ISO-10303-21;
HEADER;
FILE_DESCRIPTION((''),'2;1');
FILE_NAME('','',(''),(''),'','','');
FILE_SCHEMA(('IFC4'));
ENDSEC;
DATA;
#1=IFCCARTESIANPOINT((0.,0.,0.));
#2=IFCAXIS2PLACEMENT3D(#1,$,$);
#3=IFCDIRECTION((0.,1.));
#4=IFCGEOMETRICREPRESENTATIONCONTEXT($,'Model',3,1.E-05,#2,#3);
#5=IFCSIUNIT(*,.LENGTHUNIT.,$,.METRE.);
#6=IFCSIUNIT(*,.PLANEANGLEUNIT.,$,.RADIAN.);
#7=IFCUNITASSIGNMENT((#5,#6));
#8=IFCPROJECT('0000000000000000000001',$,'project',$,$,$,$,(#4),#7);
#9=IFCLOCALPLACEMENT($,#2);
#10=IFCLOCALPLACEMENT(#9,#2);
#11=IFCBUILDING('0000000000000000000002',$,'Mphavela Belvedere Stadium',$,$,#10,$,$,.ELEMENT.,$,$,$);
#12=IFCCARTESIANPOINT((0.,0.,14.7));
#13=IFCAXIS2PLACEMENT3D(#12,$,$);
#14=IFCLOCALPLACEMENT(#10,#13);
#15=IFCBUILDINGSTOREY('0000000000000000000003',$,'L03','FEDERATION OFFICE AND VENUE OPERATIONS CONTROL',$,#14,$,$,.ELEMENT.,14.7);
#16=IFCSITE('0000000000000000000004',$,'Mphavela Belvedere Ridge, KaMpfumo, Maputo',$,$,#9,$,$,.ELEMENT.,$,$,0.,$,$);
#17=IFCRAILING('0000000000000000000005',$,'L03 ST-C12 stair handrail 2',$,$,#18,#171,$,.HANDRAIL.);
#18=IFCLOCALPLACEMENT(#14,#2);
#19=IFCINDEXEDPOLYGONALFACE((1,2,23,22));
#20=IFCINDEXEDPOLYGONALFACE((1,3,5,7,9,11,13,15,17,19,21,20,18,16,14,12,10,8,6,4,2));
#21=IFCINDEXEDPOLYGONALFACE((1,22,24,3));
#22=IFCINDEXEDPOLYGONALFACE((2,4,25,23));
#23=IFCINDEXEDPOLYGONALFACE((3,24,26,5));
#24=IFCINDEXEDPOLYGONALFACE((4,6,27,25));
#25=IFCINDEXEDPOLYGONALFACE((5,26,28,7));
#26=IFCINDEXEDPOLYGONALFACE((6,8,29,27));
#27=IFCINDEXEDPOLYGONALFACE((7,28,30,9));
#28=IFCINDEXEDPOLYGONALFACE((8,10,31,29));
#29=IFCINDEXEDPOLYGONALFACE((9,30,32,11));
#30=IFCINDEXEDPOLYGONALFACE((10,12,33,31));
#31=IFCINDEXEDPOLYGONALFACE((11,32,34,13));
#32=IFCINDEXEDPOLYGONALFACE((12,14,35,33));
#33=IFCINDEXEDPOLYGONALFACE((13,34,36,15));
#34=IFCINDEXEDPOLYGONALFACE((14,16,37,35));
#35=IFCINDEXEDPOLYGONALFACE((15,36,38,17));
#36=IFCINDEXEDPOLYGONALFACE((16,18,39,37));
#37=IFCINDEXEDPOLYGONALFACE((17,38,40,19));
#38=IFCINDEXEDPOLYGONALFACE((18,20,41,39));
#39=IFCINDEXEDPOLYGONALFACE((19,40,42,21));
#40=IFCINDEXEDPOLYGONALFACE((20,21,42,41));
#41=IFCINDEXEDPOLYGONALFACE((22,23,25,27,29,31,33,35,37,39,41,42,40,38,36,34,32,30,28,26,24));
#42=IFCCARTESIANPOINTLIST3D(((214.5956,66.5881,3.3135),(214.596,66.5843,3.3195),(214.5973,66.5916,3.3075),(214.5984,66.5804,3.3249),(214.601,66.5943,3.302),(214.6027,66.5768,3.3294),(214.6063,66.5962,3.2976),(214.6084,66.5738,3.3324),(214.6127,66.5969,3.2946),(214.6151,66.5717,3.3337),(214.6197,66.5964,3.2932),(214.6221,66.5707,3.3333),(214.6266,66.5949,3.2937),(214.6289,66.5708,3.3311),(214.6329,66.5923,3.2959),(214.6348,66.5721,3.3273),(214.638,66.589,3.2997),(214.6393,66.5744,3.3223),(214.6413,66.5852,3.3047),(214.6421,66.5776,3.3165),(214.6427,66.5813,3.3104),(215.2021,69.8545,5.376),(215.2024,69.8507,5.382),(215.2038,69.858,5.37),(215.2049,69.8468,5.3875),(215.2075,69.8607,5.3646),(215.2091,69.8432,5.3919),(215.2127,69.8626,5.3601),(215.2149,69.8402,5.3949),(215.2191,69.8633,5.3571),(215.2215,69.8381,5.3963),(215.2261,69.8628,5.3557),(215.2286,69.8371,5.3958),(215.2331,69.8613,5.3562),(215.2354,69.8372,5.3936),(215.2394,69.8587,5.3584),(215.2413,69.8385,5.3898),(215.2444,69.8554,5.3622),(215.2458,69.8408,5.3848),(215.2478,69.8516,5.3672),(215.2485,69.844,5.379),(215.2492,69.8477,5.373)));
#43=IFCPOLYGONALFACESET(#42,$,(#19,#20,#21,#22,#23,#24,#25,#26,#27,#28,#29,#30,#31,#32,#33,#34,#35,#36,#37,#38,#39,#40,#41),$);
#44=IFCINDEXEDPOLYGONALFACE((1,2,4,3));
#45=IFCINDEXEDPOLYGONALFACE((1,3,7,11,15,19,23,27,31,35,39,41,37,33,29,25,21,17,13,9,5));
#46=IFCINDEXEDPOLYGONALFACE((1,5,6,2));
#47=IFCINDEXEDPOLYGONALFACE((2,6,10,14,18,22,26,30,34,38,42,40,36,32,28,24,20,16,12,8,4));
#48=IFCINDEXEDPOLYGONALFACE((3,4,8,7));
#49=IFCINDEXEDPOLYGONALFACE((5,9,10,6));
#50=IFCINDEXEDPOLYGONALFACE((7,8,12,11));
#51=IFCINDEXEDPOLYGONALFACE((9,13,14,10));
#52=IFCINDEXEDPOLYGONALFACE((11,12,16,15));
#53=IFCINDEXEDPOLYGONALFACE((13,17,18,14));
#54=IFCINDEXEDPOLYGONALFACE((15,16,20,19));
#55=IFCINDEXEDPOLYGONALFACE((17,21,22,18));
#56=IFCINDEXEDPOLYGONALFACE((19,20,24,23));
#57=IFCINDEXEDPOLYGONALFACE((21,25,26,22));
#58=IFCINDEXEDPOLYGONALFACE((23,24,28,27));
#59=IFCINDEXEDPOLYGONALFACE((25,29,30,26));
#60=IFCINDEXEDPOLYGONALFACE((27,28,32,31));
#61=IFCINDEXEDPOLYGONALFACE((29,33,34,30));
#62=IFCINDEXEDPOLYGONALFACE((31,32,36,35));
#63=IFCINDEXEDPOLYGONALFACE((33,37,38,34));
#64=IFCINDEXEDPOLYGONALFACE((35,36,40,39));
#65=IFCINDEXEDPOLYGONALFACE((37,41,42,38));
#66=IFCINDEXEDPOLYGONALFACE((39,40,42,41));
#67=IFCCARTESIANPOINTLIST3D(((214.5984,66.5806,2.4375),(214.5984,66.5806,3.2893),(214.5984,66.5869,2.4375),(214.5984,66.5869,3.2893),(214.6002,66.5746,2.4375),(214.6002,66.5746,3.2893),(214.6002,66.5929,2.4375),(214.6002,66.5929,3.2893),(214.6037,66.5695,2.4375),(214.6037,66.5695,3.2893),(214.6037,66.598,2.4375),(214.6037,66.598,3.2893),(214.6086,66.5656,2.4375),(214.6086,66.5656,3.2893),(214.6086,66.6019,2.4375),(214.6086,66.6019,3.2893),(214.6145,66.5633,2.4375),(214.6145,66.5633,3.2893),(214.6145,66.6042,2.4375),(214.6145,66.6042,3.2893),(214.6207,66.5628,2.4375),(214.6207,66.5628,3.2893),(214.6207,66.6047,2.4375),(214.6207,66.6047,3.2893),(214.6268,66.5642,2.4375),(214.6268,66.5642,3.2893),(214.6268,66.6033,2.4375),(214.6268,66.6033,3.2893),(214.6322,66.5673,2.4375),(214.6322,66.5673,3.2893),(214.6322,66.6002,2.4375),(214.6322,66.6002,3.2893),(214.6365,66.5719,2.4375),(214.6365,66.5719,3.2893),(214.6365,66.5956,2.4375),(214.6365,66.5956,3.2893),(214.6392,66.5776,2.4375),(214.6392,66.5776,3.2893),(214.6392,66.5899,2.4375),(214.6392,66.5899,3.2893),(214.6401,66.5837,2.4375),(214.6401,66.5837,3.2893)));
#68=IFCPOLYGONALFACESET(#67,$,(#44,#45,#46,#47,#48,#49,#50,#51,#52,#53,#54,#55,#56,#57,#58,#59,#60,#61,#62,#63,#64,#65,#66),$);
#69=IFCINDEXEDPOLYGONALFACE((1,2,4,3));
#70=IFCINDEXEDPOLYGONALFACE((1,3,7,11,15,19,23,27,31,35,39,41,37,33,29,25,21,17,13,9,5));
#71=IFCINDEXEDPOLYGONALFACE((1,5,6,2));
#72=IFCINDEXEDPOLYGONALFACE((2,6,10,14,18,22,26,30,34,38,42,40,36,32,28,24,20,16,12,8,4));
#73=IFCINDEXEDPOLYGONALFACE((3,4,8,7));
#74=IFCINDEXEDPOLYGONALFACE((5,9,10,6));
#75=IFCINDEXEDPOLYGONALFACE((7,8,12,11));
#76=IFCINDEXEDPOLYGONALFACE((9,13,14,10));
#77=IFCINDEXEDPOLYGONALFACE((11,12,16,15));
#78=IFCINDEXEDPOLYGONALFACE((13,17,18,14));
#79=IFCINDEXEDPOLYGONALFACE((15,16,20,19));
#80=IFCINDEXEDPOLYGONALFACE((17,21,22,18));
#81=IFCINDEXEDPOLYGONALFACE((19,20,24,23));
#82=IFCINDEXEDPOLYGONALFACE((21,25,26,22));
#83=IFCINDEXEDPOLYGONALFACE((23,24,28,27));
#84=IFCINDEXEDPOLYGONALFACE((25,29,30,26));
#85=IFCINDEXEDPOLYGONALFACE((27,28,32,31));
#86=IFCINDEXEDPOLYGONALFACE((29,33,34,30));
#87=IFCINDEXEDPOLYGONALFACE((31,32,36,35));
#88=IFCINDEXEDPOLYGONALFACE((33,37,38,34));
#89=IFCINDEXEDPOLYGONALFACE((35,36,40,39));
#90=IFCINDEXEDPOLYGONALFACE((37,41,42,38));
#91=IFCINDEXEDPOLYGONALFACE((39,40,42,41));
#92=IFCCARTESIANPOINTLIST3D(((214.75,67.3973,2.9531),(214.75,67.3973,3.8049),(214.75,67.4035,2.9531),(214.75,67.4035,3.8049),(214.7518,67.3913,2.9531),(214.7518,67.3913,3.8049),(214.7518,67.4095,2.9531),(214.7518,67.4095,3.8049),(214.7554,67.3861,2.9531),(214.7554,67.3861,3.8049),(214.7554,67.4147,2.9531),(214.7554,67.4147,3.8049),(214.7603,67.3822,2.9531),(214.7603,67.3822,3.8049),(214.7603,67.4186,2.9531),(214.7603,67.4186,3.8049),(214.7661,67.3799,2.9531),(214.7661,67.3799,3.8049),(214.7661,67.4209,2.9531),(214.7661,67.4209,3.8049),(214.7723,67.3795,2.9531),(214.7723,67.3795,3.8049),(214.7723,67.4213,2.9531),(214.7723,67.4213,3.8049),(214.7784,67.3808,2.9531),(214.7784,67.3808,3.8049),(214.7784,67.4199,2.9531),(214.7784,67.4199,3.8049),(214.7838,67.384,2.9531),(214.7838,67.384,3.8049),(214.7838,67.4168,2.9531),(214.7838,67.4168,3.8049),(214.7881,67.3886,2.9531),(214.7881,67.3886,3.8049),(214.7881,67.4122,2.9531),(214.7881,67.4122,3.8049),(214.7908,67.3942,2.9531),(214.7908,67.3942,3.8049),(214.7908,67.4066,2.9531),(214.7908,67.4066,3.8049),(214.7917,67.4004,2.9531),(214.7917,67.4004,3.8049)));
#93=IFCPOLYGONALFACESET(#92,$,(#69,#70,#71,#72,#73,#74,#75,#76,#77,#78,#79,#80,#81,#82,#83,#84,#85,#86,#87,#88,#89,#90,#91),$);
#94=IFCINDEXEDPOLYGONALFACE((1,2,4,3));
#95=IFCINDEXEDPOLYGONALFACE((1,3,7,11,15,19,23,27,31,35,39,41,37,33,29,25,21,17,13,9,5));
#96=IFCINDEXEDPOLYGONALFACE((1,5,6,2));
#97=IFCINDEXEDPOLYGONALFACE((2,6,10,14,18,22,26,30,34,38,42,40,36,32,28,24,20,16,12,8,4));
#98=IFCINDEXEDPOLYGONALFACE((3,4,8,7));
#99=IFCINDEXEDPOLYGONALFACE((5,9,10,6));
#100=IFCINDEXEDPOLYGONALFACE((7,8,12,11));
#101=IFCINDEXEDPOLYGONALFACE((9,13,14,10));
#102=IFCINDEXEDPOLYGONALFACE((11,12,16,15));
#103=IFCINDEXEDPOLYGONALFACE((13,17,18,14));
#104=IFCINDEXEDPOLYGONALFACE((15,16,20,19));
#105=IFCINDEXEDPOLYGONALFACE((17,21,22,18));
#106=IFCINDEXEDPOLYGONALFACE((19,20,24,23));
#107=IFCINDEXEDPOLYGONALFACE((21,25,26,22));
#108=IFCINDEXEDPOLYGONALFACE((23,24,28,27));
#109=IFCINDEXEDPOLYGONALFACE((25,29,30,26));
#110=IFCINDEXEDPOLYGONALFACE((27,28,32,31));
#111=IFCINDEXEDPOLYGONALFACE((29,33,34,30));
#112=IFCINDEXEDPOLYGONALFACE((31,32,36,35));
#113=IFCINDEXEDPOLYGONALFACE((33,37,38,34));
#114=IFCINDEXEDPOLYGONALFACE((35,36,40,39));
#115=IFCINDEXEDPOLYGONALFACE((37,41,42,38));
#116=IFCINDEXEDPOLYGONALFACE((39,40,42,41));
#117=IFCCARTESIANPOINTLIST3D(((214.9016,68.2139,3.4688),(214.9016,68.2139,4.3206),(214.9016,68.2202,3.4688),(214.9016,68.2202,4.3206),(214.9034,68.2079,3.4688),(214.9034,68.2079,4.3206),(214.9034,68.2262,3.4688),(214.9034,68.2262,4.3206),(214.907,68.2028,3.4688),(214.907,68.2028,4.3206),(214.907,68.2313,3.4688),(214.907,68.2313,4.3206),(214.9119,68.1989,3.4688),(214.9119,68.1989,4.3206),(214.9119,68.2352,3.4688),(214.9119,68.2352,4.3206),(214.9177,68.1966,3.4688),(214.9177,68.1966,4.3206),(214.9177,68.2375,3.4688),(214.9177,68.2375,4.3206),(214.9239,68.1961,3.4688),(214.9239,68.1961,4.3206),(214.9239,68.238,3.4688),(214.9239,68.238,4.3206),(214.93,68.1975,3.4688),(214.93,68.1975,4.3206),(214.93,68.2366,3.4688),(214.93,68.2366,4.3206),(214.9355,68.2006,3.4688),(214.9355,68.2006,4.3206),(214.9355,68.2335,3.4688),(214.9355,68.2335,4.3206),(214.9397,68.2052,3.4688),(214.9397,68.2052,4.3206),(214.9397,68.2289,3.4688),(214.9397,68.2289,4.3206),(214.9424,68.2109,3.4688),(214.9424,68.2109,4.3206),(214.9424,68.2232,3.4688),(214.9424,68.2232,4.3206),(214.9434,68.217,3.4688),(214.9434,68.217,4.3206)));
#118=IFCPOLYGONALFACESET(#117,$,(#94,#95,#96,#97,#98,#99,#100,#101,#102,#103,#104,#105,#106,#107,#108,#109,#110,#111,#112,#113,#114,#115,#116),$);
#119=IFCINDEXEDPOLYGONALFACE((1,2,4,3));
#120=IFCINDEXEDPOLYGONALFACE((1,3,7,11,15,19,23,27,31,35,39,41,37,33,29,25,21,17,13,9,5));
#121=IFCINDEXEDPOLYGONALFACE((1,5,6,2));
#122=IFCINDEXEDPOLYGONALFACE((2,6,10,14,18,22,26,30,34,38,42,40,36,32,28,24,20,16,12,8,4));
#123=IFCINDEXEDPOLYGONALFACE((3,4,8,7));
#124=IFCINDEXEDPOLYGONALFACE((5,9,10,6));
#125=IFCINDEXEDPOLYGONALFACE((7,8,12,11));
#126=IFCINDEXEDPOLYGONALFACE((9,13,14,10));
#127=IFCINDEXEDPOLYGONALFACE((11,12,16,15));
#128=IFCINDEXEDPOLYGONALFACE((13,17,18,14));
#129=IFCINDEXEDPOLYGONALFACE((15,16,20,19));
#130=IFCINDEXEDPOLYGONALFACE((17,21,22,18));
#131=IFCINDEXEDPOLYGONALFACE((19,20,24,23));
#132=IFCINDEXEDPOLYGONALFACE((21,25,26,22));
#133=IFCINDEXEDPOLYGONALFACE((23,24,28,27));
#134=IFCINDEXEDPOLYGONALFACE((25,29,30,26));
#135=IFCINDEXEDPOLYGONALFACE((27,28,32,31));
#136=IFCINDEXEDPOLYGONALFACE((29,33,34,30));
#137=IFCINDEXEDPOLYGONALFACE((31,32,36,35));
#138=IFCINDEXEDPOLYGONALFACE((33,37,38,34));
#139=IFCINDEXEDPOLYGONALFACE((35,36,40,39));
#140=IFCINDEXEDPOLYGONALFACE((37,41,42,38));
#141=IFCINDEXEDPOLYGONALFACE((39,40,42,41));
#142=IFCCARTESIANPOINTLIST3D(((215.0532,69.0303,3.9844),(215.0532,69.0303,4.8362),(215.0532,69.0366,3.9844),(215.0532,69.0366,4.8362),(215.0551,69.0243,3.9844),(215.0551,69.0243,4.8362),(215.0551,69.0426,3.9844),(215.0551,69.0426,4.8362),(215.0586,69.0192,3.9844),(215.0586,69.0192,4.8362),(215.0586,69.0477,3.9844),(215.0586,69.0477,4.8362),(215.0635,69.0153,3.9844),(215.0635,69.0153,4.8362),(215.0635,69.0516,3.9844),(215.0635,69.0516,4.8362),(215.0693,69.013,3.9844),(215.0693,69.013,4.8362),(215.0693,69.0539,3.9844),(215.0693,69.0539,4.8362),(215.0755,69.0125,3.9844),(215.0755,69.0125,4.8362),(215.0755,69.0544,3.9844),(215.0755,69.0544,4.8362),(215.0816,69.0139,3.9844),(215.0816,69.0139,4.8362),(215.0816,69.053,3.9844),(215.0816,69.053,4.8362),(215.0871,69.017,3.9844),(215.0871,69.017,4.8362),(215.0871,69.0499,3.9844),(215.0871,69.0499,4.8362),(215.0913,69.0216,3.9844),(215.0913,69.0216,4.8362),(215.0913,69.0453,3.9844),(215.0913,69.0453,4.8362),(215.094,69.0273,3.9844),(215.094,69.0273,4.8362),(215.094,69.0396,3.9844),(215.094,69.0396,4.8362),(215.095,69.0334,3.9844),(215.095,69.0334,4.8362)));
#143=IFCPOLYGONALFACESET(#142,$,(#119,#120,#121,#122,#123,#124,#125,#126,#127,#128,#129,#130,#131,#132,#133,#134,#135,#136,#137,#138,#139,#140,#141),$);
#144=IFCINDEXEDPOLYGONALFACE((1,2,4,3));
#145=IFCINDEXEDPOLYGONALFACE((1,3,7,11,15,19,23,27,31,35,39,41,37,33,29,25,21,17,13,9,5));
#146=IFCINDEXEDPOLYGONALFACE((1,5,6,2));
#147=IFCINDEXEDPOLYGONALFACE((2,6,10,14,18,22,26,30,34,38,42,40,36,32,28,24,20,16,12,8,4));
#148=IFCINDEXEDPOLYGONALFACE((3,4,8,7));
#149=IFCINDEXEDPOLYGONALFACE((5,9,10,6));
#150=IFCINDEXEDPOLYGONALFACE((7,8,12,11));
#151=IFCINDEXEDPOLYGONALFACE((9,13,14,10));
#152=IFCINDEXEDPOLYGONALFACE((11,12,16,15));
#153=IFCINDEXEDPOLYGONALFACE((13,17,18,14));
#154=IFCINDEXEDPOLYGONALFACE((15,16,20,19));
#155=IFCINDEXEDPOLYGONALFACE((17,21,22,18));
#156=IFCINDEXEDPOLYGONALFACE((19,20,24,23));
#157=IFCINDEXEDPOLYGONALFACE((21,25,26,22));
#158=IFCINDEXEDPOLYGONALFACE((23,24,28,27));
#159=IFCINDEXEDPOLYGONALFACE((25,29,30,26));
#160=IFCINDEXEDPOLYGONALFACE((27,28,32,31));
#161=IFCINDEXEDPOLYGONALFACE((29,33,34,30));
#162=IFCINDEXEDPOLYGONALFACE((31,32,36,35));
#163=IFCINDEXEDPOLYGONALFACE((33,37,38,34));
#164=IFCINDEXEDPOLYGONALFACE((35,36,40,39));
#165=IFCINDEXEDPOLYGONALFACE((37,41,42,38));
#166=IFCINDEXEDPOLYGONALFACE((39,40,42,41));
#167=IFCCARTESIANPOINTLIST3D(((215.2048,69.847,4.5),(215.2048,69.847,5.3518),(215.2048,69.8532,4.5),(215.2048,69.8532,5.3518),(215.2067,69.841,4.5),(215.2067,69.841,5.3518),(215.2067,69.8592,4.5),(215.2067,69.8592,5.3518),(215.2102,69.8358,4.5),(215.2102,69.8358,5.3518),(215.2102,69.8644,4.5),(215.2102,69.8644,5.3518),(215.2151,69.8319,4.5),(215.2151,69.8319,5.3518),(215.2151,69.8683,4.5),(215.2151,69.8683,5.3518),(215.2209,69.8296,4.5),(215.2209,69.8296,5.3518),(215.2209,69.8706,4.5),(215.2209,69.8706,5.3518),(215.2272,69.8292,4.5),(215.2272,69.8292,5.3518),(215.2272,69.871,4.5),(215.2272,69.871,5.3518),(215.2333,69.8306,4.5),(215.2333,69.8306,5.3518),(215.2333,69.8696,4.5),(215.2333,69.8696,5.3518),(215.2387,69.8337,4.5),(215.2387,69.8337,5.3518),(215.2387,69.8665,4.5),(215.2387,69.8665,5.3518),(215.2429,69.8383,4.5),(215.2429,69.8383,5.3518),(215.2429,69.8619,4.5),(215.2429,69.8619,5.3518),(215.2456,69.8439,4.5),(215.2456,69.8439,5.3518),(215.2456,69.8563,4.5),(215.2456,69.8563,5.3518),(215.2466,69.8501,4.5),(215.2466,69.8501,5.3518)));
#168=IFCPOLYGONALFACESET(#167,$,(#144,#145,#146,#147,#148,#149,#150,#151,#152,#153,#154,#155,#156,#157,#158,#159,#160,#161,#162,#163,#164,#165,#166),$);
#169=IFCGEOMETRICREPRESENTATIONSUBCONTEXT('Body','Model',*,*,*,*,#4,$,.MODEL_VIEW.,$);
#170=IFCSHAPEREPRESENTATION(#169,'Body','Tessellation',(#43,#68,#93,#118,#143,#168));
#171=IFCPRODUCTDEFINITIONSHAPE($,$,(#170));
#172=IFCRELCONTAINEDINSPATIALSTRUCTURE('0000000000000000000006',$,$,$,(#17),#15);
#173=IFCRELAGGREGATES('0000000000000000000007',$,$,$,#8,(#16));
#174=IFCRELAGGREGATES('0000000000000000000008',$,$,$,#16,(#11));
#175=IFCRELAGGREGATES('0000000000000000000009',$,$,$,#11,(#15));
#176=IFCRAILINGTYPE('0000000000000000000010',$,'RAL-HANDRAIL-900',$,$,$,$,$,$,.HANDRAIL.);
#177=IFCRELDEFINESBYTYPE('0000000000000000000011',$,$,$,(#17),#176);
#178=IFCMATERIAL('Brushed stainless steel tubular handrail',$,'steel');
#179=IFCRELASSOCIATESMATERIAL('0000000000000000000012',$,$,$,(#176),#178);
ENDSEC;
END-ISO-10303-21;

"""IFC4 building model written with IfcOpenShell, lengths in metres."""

from ifc_helpers import new_model, si_unit, direction, frame, origin, origin_2d, place, context, subcontext, project, spatial, circle, extrude, material, type_object, element, save


model = new_model("IFC4")

# Units and contexts
model_context = context("Model", 3, precision=1e-05, world=origin(), true_north=direction((0.0, 1.0)))
body_context = subcontext(model_context, "Body", "Model", "MODEL_VIEW")
ifc_project = project(units=[si_unit("LENGTHUNIT", "METRE"), si_unit("PLANEANGLEUNIT", "RADIAN")], contexts=[model_context])

# Site, building, storey
site_placement = place(None, origin())
site = spatial("IfcSite", under=ifc_project, at=site_placement, Name="Mphavela Belvedere Ridge, KaMpfumo, Maputo", CompositionType="ELEMENT", RefElevation=0.0)
building_placement = place(site_placement, origin())
building = spatial("IfcBuilding", under=site, at=building_placement, Name="Mphavela Belvedere Stadium", CompositionType="ELEMENT")
storey_placement = place(building_placement, frame((0.0, 0.0, 14.7)))
storey = spatial("IfcBuildingStorey", under=building, at=storey_placement, Name="L03", Description="FEDERATION OFFICE AND VENUE OPERATIONS CONTROL", CompositionType="ELEMENT", Elevation=14.7)

# Railing
ifc_material_1 = material(Name="Brushed stainless steel tubular handrail", Category="steel")
railing_type_1 = type_object("IfcRailingType", Name="RAL-HANDRAIL-900", PredefinedType="HANDRAIL", material=ifc_material_1)
railing_1_placement = place(storey_placement, frame((214.6191, 66.5837, 2.4375)))
element("IfcRailing", 1, at=railing_1_placement, inside=storey, type_object=railing_type_1, Name="L03 ST-C12 stair handrail 2", PredefinedType="HANDRAIL", context=body_context, shape_type="SweptSolid", body=[
    extrude(circle(Radius=0.0239, at=origin_2d()), frame((0.0, 0.0, 0.876), z_axis=(0.155088, 0.835313, 0.527447), x_axis=(-0.983198, 0.182544, 0.0)), (0.0, 0.0, 1.0), 3.9104),
    extrude(circle(Radius=0.021, at=origin_2d()), origin(), (0.0, 0.0, 1.0), 0.8518),
    extrude(circle(Radius=0.021, at=origin_2d()), frame((0.1516, 0.8167, 0.5156)), (0.0, 0.0, 1.0), 0.8518),
    extrude(circle(Radius=0.021, at=origin_2d()), frame((0.3032, 1.6333, 1.0312)), (0.0, 0.0, 1.0), 0.8518),
    extrude(circle(Radius=0.021, at=origin_2d()), frame((0.4548, 2.4497, 1.5469)), (0.0, 0.0, 1.0), 0.8518),
    extrude(circle(Radius=0.021, at=origin_2d()), frame((0.6064, 3.2664, 2.0625)), (0.0, 0.0, 1.0), 0.8518),
])

save(model, "model.ifc")
